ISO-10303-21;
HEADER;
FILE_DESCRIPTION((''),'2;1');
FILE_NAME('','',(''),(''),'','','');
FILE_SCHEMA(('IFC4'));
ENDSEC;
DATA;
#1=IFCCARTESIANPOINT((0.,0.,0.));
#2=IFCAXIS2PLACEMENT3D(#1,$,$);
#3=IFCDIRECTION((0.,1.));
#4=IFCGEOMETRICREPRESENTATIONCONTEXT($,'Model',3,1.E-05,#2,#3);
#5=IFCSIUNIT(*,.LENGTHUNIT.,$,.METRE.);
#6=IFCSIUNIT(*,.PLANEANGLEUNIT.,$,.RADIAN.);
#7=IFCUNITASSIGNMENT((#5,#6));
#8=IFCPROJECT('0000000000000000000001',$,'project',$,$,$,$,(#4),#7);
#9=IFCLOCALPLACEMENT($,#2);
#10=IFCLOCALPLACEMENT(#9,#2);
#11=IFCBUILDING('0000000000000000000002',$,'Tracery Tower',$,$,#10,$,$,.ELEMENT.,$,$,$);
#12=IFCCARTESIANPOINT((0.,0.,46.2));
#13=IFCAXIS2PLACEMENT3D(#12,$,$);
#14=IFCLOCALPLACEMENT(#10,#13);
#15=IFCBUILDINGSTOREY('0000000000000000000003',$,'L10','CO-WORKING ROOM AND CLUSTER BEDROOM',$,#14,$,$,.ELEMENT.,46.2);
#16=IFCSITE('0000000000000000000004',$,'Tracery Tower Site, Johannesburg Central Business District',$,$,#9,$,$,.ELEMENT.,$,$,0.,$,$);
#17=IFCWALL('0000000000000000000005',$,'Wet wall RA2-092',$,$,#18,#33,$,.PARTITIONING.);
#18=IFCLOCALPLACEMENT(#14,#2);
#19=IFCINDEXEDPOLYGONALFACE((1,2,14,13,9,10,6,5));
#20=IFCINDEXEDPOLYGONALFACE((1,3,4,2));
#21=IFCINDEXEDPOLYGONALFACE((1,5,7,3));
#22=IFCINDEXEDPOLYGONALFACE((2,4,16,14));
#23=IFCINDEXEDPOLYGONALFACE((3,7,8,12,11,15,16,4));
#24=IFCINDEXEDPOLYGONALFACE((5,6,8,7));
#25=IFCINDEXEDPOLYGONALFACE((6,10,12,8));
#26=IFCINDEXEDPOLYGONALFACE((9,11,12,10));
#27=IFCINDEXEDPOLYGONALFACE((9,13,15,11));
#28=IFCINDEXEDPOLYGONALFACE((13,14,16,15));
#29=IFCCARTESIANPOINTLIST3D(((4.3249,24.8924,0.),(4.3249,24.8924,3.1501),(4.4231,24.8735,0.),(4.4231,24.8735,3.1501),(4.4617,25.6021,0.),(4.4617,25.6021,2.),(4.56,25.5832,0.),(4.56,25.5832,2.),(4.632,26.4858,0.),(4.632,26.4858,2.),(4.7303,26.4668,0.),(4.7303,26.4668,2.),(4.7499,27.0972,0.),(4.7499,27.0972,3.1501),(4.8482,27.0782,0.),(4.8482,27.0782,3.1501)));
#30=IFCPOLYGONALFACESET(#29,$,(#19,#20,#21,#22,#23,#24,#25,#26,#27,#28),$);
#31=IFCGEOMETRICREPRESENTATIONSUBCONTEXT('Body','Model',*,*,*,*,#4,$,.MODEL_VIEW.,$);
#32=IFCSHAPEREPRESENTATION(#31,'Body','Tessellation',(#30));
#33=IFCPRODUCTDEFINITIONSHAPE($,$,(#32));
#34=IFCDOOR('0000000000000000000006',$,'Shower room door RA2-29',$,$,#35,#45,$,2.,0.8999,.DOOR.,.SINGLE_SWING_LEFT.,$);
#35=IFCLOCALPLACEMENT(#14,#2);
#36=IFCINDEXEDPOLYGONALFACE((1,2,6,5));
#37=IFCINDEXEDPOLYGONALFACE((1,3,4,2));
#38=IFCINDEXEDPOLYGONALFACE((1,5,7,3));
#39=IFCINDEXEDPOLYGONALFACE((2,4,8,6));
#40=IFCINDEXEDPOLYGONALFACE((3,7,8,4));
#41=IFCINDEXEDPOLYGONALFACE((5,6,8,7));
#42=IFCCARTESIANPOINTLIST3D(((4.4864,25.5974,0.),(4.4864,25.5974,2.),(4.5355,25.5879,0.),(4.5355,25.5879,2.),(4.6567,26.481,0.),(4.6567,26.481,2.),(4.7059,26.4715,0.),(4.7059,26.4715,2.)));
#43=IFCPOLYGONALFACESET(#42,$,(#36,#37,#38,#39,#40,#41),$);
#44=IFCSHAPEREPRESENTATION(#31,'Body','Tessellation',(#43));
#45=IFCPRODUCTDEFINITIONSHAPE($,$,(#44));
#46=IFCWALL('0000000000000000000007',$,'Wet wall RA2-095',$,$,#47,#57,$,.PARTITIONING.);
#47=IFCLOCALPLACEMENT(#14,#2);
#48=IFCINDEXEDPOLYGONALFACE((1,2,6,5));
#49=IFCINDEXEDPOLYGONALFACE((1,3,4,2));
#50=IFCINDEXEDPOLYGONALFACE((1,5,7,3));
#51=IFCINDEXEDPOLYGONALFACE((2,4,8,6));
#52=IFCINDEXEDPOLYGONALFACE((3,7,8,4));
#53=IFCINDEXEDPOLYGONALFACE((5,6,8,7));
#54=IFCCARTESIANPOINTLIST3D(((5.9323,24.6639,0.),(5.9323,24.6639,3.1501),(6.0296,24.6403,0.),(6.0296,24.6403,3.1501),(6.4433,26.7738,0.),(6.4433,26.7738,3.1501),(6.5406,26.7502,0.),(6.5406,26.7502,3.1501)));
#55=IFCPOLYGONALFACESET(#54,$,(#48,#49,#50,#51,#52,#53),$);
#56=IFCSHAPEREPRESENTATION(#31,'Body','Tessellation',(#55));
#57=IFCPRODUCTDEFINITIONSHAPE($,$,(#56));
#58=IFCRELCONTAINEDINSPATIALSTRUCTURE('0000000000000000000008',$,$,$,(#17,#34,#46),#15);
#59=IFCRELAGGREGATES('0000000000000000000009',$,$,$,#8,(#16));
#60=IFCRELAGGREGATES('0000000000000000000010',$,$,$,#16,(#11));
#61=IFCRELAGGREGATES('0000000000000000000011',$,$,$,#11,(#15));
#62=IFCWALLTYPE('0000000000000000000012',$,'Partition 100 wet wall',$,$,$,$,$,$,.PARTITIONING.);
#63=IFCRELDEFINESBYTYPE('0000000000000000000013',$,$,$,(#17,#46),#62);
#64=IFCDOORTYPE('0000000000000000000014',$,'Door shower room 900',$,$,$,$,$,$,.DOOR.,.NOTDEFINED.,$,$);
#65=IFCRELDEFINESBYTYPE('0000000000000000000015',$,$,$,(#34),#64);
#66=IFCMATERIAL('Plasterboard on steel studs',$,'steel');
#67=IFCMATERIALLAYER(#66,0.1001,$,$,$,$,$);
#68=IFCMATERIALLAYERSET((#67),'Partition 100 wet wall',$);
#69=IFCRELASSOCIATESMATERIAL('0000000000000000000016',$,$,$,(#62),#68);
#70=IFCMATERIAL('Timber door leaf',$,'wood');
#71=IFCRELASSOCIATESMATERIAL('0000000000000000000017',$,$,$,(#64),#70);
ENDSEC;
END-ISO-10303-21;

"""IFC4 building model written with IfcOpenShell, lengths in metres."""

from ifc_helpers import new_model, si_unit, direction, frame, frame_2d, origin, place, context, subcontext, project, spatial, rectangle, extrude, material, layer, layer_set, type_object, element, fill, save


model = new_model("IFC4")

# Units and contexts
model_context = context("Model", 3, precision=1e-05, world=origin(), true_north=direction((0.0, 1.0)))
body_context = subcontext(model_context, "Body", "Model", "MODEL_VIEW")
ifc_project = project(units=[si_unit("LENGTHUNIT", "METRE"), si_unit("PLANEANGLEUNIT", "RADIAN")], contexts=[model_context])

# Site, building, storey
site_placement = place(None, origin())
site = spatial("IfcSite", under=ifc_project, at=site_placement, Name="Tracery Tower Site, Johannesburg Central Business District", CompositionType="ELEMENT", RefElevation=0.0)
building_placement = place(site_placement, origin())
building = spatial("IfcBuilding", under=site, at=building_placement, Name="Tracery Tower", CompositionType="ELEMENT")
storey_placement = place(building_placement, frame((0.0, 0.0, 46.2)))
storey = spatial("IfcBuildingStorey", under=building, at=storey_placement, Name="L10", Description="CO-WORKING ROOM AND CLUSTER BEDROOM", CompositionType="ELEMENT", Elevation=46.2)

# Shared definitions
ifc_material_1 = material(Name="Plasterboard on steel studs", Category="steel")
ifc_layer_1 = layer(ifc_material_1, 0.1001)
ifc_layer_set_1 = layer_set([ifc_layer_1], Name="Partition 100 wet wall")
wall_type_1 = type_object("IfcWallType", Name="Partition 100 wet wall", PredefinedType="PARTITIONING", material=ifc_layer_set_1)

# Wall, opening, door
wall_1_placement = place(storey_placement, frame((4.374, 24.8831, 0.0), z_axis=(0.0, 0.0, 1.0), x_axis=(0.189295, 0.98192, 0.0)))
wall_1 = element("IfcWall", 1, at=wall_1_placement, inside=storey, type_object=wall_type_1, Name="Wet wall RA2-092", PredefinedType="PARTITIONING", context=body_context, shape_type="SweptSolid", body=[
    extrude(rectangle(XDim=2.2454, YDim=0.1001, at=frame_2d((1.1226, 0.0))), origin(), (0.0, 0.0, 1.0), 3.1501),
])
opening_1_placement = place(wall_1_placement, frame((0.7227, 0.0, 0.0)))
opening_1 = element("IfcOpeningElement", 2, at=opening_1_placement, cuts=wall_1, PredefinedType="OPENING", context=body_context, shape_type="SweptSolid", body=[
    extrude(rectangle(XDim=0.8999, YDim=2.0, at=frame_2d((0.45, 1.0))), frame((0.0, 0.05, 0.0), z_axis=(0.0, -1.0, 0.0), x_axis=(1.0, 0.0, 0.0)), (0.0, 0.0, 1.0), 0.1001),
])
ifc_material_2 = material(Name="Timber door leaf", Category="wood")
door_type_1 = type_object("IfcDoorType", Name="Door shower room 900", OperationType="NOTDEFINED", PredefinedType="DOOR", material=ifc_material_2)
door_1_placement = place(opening_1_placement, origin())
door_1 = element("IfcDoor", 3, at=door_1_placement, inside=storey, type_object=door_type_1, Name="Shower room door RA2-29", OperationType="SINGLE_SWING_LEFT", OverallHeight=2.0, OverallWidth=0.8999, PredefinedType="DOOR", context=body_context, shape_type="SweptSolid", body=[
    extrude(rectangle(XDim=0.8999, YDim=2.0, at=frame_2d((0.45, 1.0))), frame((0.0, 0.0249, 0.0), z_axis=(0.0, -1.0, 0.0), x_axis=(1.0, 0.0, 0.0)), (0.0, 0.0, 1.0), 0.05),
])
fill(opening_1, door_1)

# Wall
wall_2_placement = place(storey_placement, frame((5.981, 24.6521, 0.0), z_axis=(0.0, 0.0, 1.0), x_axis=(0.235384, 0.971902, 0.0)))
element("IfcWall", 4, at=wall_2_placement, inside=storey, type_object=wall_type_1, Name="Wet wall RA2-095", PredefinedType="PARTITIONING", context=body_context, shape_type="SweptSolid", body=[
    extrude(rectangle(XDim=2.1709, YDim=0.1001, at=frame_2d((1.0854, 0.0))), origin(), (0.0, 0.0, 1.0), 3.1501),
])

save(model, "model.ifc")
